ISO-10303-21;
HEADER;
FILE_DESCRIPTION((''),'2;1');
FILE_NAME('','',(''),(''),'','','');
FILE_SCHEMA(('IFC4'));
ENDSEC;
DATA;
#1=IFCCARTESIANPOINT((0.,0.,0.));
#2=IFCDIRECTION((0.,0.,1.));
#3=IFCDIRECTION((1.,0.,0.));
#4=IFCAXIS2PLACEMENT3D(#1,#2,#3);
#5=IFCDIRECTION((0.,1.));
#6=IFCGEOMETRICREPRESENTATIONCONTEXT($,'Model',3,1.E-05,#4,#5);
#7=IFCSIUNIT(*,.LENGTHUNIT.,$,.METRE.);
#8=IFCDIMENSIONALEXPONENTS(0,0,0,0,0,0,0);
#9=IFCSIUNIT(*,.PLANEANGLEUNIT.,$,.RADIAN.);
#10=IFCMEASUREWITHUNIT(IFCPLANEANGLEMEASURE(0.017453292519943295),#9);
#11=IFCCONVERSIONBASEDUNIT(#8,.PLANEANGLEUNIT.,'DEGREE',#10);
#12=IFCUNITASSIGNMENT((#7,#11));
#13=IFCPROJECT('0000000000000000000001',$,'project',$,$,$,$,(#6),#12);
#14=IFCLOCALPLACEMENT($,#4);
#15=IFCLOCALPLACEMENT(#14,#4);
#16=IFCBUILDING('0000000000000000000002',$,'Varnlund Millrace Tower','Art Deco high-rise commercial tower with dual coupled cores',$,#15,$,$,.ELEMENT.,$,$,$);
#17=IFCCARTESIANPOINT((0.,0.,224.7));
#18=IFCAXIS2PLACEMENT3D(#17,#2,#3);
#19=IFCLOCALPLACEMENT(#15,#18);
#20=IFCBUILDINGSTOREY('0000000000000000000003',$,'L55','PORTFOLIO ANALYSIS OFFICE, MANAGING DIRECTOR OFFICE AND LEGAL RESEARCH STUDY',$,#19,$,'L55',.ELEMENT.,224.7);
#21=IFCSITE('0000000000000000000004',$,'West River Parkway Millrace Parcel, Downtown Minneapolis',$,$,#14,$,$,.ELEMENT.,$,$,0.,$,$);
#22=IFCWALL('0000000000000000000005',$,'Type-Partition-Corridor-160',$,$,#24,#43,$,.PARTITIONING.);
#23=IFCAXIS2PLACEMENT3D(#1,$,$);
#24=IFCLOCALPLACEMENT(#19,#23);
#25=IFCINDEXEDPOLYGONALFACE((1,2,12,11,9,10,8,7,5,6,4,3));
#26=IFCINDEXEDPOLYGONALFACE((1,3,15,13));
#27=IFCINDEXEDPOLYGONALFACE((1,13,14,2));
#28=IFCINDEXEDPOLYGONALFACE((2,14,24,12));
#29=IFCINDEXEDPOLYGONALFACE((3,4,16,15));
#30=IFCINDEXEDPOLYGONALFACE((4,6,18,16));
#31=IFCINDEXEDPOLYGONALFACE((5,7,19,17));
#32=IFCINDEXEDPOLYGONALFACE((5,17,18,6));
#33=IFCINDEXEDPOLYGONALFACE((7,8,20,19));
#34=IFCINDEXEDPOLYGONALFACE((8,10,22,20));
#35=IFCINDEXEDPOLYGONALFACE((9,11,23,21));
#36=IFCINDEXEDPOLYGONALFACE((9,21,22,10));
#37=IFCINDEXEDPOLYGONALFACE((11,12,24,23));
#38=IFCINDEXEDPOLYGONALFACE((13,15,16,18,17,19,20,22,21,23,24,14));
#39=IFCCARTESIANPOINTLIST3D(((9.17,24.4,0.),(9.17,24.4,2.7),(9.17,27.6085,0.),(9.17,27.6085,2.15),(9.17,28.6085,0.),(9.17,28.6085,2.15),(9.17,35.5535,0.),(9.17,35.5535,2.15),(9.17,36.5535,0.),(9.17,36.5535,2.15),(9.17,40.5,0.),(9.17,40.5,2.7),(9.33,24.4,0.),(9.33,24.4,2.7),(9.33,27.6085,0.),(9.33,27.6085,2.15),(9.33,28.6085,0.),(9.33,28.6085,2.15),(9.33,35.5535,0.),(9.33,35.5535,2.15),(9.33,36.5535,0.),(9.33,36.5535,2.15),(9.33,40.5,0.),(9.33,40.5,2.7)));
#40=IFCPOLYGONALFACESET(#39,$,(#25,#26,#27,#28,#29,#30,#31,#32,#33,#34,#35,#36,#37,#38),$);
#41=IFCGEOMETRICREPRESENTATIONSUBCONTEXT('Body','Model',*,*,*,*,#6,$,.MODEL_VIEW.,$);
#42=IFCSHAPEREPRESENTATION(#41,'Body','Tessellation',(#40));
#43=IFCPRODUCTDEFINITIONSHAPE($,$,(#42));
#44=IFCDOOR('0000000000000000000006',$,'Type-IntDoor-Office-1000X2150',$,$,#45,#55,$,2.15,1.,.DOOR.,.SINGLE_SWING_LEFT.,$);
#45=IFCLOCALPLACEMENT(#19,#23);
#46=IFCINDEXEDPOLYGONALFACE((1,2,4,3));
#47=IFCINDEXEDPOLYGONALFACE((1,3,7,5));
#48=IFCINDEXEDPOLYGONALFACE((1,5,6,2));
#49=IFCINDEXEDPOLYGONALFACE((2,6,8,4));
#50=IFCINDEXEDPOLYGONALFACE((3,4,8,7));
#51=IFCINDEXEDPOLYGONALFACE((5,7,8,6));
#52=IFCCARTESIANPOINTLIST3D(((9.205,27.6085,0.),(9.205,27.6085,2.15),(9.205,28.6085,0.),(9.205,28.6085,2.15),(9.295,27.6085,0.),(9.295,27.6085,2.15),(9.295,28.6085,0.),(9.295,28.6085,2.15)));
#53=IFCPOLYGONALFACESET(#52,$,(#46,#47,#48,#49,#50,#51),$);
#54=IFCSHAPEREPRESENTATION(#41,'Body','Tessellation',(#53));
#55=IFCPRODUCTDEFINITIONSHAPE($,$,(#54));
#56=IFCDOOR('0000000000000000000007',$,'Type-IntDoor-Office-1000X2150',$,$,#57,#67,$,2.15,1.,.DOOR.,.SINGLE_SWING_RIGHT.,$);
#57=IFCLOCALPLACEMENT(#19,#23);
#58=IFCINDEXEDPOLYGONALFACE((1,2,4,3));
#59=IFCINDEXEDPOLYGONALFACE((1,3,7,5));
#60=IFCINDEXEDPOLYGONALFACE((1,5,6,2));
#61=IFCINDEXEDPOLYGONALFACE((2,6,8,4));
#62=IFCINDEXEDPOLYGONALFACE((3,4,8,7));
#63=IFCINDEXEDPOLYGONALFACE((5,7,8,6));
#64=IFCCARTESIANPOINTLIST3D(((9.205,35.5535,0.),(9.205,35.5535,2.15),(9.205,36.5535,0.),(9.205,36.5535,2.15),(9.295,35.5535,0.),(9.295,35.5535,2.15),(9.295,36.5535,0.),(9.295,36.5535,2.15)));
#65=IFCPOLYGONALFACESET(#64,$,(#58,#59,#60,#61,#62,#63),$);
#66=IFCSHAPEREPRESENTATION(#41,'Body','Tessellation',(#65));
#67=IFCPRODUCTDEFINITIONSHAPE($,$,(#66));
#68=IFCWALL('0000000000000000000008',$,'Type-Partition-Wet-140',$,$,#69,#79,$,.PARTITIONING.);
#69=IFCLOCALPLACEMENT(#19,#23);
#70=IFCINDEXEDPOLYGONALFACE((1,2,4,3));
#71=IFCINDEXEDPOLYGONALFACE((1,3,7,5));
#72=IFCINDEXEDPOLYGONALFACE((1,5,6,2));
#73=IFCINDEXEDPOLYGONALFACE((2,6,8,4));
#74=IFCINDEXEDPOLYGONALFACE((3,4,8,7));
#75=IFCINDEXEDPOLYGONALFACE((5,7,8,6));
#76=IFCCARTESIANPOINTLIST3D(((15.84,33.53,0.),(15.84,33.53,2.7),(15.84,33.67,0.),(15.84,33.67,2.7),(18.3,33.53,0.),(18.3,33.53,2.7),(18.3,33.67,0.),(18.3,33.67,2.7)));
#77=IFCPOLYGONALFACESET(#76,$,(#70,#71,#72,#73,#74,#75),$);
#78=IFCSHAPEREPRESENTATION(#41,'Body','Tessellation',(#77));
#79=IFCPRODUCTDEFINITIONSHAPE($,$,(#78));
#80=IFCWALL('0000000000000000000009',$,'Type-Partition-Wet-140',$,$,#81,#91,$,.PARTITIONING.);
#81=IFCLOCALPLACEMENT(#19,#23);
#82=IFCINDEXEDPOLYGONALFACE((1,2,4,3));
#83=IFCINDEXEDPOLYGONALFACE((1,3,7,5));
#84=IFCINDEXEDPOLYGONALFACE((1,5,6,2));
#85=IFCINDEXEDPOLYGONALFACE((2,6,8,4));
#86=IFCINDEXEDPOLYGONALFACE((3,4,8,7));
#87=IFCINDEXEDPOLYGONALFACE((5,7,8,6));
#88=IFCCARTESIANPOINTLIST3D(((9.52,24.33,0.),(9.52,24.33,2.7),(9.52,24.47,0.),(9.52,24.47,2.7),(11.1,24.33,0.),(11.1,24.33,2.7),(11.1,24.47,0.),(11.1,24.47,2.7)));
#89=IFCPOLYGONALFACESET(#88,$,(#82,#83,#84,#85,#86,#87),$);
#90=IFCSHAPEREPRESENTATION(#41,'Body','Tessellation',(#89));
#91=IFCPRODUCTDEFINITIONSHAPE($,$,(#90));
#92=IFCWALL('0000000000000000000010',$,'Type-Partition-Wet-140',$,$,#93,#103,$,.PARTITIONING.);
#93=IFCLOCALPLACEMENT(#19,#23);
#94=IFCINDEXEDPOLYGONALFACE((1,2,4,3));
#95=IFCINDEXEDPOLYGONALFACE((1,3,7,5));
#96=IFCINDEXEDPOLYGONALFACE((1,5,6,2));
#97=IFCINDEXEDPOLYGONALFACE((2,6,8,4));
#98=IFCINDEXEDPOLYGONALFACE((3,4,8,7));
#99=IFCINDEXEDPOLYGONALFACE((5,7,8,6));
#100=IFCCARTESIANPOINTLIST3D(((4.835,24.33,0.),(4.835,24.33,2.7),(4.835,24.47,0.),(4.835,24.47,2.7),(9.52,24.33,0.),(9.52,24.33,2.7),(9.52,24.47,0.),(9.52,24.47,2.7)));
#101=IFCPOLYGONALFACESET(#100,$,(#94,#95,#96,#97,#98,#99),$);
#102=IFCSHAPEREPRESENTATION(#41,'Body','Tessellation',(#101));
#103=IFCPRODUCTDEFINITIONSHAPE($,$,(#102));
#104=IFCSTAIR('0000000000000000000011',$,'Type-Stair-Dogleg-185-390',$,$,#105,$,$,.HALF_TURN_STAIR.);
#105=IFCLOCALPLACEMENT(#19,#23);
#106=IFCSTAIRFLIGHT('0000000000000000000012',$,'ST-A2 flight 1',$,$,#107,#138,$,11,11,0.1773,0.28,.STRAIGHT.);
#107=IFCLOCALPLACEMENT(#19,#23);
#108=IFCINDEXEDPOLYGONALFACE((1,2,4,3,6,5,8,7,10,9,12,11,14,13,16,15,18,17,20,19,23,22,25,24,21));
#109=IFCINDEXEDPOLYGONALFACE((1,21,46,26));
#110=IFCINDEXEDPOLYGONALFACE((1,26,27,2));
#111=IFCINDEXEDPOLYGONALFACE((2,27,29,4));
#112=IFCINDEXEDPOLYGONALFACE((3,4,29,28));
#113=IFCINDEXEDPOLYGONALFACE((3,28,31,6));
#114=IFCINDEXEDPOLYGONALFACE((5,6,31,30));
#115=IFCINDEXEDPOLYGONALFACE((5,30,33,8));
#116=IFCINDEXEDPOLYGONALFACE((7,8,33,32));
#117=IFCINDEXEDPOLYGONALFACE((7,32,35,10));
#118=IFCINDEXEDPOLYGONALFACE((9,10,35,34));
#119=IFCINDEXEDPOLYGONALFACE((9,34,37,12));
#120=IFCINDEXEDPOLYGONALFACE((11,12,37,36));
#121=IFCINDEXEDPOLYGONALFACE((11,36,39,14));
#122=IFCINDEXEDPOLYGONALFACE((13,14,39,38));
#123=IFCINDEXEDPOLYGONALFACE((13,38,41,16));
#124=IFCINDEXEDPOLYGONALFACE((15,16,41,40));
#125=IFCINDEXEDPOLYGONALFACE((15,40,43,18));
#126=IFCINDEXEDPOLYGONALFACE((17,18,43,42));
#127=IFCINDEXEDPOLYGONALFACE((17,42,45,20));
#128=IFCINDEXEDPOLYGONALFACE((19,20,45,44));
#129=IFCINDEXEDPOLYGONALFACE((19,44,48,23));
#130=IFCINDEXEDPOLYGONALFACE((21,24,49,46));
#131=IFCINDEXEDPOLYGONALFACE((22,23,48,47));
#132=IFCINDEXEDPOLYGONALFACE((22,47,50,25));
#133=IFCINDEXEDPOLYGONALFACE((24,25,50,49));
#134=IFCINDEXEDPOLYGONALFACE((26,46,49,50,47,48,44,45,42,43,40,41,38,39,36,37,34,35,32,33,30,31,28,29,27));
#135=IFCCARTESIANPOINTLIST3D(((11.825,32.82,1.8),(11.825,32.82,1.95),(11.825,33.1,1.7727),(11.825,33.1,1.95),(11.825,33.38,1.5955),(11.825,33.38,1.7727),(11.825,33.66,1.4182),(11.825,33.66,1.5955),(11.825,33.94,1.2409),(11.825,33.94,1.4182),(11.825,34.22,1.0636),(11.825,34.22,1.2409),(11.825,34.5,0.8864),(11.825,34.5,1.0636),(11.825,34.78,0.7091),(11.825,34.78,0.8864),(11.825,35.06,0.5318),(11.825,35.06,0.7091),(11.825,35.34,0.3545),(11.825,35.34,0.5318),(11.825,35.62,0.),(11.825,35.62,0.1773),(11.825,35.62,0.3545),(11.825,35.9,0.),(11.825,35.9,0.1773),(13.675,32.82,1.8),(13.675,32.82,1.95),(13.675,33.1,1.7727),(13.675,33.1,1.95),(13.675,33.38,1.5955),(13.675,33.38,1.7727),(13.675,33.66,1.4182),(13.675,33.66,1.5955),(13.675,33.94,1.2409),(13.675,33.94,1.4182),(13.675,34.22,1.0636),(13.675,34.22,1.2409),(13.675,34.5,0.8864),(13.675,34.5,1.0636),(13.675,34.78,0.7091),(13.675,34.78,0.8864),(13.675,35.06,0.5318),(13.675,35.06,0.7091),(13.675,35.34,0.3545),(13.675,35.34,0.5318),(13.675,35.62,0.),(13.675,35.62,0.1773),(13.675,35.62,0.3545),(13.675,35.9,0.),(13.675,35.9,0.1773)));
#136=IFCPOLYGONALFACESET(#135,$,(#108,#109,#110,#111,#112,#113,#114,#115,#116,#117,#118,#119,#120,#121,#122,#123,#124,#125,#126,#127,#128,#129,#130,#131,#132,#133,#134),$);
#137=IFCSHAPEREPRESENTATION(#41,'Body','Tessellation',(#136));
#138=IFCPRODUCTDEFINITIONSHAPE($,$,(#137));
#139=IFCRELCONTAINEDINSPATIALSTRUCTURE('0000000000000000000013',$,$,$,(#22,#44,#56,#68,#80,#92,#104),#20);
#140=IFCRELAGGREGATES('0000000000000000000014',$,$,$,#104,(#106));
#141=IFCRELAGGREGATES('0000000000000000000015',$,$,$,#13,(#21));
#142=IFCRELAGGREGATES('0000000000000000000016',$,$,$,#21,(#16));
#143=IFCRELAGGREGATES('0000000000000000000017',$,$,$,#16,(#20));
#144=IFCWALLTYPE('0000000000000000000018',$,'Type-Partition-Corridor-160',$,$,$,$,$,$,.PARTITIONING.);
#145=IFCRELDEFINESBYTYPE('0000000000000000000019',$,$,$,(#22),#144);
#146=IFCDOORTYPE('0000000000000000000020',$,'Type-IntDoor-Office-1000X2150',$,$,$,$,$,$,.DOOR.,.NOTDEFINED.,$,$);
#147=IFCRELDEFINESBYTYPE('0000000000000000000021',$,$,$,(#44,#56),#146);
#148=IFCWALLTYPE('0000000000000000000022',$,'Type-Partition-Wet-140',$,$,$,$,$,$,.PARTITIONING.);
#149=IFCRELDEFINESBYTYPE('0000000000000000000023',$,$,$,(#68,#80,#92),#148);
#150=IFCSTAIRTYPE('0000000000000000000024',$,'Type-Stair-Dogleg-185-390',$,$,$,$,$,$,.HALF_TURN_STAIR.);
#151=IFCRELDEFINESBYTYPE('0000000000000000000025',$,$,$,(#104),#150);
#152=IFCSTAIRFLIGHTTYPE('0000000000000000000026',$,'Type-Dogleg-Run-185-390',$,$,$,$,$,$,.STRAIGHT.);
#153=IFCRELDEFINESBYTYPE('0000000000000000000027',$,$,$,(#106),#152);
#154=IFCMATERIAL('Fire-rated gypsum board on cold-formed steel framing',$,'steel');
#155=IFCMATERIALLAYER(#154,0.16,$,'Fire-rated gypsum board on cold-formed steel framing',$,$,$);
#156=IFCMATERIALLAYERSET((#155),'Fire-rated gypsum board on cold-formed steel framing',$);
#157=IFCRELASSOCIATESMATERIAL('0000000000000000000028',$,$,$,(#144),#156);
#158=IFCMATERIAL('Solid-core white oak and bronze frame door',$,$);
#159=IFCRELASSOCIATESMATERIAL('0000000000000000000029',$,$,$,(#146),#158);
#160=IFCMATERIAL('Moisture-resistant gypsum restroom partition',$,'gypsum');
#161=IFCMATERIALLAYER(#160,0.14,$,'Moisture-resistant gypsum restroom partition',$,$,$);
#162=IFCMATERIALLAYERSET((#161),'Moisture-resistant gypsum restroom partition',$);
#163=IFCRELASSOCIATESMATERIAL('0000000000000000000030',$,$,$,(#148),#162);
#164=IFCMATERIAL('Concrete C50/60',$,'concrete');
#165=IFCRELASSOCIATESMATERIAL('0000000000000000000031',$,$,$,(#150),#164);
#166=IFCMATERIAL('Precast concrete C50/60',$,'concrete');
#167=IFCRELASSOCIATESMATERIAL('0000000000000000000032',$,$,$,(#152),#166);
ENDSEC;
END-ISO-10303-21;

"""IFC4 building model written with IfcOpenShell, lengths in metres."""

from ifc_helpers import new_model, entity, si_unit, converted_unit, direction, frame, origin_with_axes, origin_2d_with_axis, place, context, subcontext, project, spatial, polyline, rectangle, outline, extrude, material, layer, layer_set, type_object, element, fill, aggregate, save


model = new_model("IFC4")

# Units and contexts
model_context = context("Model", 3, precision=1e-05, world=origin_with_axes(), true_north=direction((0.0, 1.0)))
body_context = subcontext(model_context, "Body", "Model", "MODEL_VIEW")
ifc_project = project(units=[si_unit("LENGTHUNIT", "METRE"), converted_unit("PLANEANGLEUNIT", "DEGREE", entity("IfcPlaneAngleMeasure", 0.017453292519943295), si_unit("PLANEANGLEUNIT", "RADIAN"), dimensions=[0, 0, 0, 0, 0, 0, 0])], contexts=[model_context])

# Site, building, storey
site_placement = place(None, origin_with_axes())
site = spatial("IfcSite", under=ifc_project, at=site_placement, Name="West River Parkway Millrace Parcel, Downtown Minneapolis", CompositionType="ELEMENT", RefElevation=0.0)
building_placement = place(site_placement, origin_with_axes())
building = spatial("IfcBuilding", under=site, at=building_placement, Name="Varnlund Millrace Tower", Description="Art Deco high-rise commercial tower with dual coupled cores", CompositionType="ELEMENT")
storey_placement = place(building_placement, frame((0.0, 0.0, 224.7), z_axis=(0.0, 0.0, 1.0), x_axis=(1.0, 0.0, 0.0)))
storey = spatial("IfcBuildingStorey", under=building, at=storey_placement, Name="L55", Description="PORTFOLIO ANALYSIS OFFICE, MANAGING DIRECTOR OFFICE AND LEGAL RESEARCH STUDY", LongName="L55", CompositionType="ELEMENT", Elevation=224.7)

# Shared definitions
ifc_material_1 = material(Name="Fire-rated gypsum board on cold-formed steel framing", Category="steel")
ifc_layer_1 = layer(ifc_material_1, 0.16, Name="Fire-rated gypsum board on cold-formed steel framing")
ifc_layer_set_1 = layer_set([ifc_layer_1], Name="Fire-rated gypsum board on cold-formed steel framing")
wall_type_1 = type_object("IfcWallType", Name="Type-Partition-Corridor-160", PredefinedType="PARTITIONING", material=ifc_layer_set_1)

# Wall, openings, doors
ifc_material_2 = material(Name="Solid-core white oak and bronze frame door")
door_type_1 = type_object("IfcDoorType", Name="Type-IntDoor-Office-1000X2150", OperationType="NOTDEFINED", PredefinedType="DOOR", material=ifc_material_2)
wall_1_placement = place(storey_placement, frame((9.25, 24.4, 0.0), z_axis=(0.0, 0.0, 1.0), x_axis=(0.0, 1.0, 0.0)))
wall_1 = element("IfcWall", 1, at=wall_1_placement, inside=storey, type_object=wall_type_1, Name="Type-Partition-Corridor-160", PredefinedType="PARTITIONING", context=body_context, shape_type="SweptSolid", body=[
    extrude(outline(polyline([(0.0, -0.08), (16.1, -0.08), (16.1, 0.08), (0.0, 0.08), (0.0, -0.08)])), origin_with_axes(), (0.0, 0.0, 1.0), 2.7),
])
opening_1_placement = place(wall_1_placement, frame((3.7085, 0.0, 0.0), z_axis=(0.0, 0.0, 1.0), x_axis=(1.0, 0.0, 0.0)))
opening_1 = element("IfcOpeningElement", 2, at=opening_1_placement, cuts=wall_1, PredefinedType="OPENING", context=body_context, shape_type="SweptSolid", body=[
    extrude(rectangle(XDim=1.0, YDim=0.18, at=origin_2d_with_axis()), origin_with_axes(), (0.0, 0.0, 1.0), 2.15),
])
opening_2_placement = place(wall_1_placement, frame((11.6535, 0.0, 0.0), z_axis=(0.0, 0.0, 1.0), x_axis=(1.0, 0.0, 0.0)))
opening_2 = element("IfcOpeningElement", 3, at=opening_2_placement, cuts=wall_1, PredefinedType="OPENING", context=body_context, shape_type="SweptSolid", body=[
    extrude(rectangle(XDim=1.0, YDim=0.18, at=origin_2d_with_axis()), origin_with_axes(), (0.0, 0.0, 1.0), 2.15),
])
door_1_placement = place(wall_1_placement, frame((3.7085, 0.0, 0.0), z_axis=(0.0, 0.0, 1.0), x_axis=(1.0, 0.0, 0.0)))
door_1 = element("IfcDoor", 4, at=door_1_placement, inside=storey, type_object=door_type_1, Name="Type-IntDoor-Office-1000X2150", OperationType="SINGLE_SWING_LEFT", OverallHeight=2.15, OverallWidth=1.0, PredefinedType="DOOR", context=body_context, shape_type="SweptSolid", body=[
    extrude(rectangle(XDim=1.0, YDim=0.09, at=origin_2d_with_axis()), origin_with_axes(), (0.0, 0.0, 1.0), 2.15),
])
fill(opening_1, door_1)
door_2_placement = place(wall_1_placement, frame((11.6535, 0.0, 0.0), z_axis=(0.0, 0.0, 1.0), x_axis=(1.0, 0.0, 0.0)))
door_2 = element("IfcDoor", 5, at=door_2_placement, inside=storey, type_object=door_type_1, Name="Type-IntDoor-Office-1000X2150", OperationType="SINGLE_SWING_RIGHT", OverallHeight=2.15, OverallWidth=1.0, PredefinedType="DOOR", context=body_context, shape_type="SweptSolid", body=[
    extrude(rectangle(XDim=1.0, YDim=0.09, at=origin_2d_with_axis()), origin_with_axes(), (0.0, 0.0, 1.0), 2.15),
])
fill(opening_2, door_2)

# Walls
ifc_material_3 = material(Name="Moisture-resistant gypsum restroom partition", Category="gypsum")
ifc_layer_2 = layer(ifc_material_3, 0.14, Name="Moisture-resistant gypsum restroom partition")
ifc_layer_set_2 = layer_set([ifc_layer_2], Name="Moisture-resistant gypsum restroom partition")
wall_type_2 = type_object("IfcWallType", Name="Type-Partition-Wet-140", PredefinedType="PARTITIONING", material=ifc_layer_set_2)
wall_2_placement = place(storey_placement, frame((15.84, 33.6, 0.0), z_axis=(0.0, 0.0, 1.0), x_axis=(1.0, 0.0, 0.0)))
element("IfcWall", 6, at=wall_2_placement, inside=storey, type_object=wall_type_2, Name="Type-Partition-Wet-140", PredefinedType="PARTITIONING", context=body_context, shape_type="SweptSolid", body=[
    extrude(outline(polyline([(0.0, -0.07), (2.46, -0.07), (2.46, 0.07), (0.0, 0.07), (0.0, -0.07)])), origin_with_axes(), (0.0, 0.0, 1.0), 2.7),
])
wall_3_placement = place(storey_placement, frame((9.52, 24.4, 0.0), z_axis=(0.0, 0.0, 1.0), x_axis=(1.0, 0.0, 0.0)))
element("IfcWall", 7, at=wall_3_placement, inside=storey, type_object=wall_type_2, Name="Type-Partition-Wet-140", PredefinedType="PARTITIONING", context=body_context, shape_type="SweptSolid", body=[
    extrude(outline(polyline([(0.0, -0.07), (1.58, -0.07), (1.58, 0.07), (0.0, 0.07), (0.0, -0.07)])), origin_with_axes(), (0.0, 0.0, 1.0), 2.7),
])
wall_4_placement = place(storey_placement, frame((4.835, 24.4, 0.0), z_axis=(0.0, 0.0, 1.0), x_axis=(1.0, 0.0, 0.0)))
element("IfcWall", 8, at=wall_4_placement, inside=storey, type_object=wall_type_2, Name="Type-Partition-Wet-140", PredefinedType="PARTITIONING", context=body_context, shape_type="SweptSolid", body=[
    extrude(outline(polyline([(0.0, -0.07), (4.685, -0.07), (4.685, 0.07), (0.0, 0.07), (0.0, -0.07)])), origin_with_axes(), (0.0, 0.0, 1.0), 2.7),
])

# Stair, stair flight
ifc_material_4 = material(Name="Concrete C50/60", Category="concrete")
stair_type = type_object("IfcStairType", Name="Type-Stair-Dogleg-185-390", PredefinedType="HALF_TURN_STAIR", material=ifc_material_4)
stair_placement = place(storey_placement, origin_with_axes())
stair = element("IfcStair", 9, at=stair_placement, inside=storey, type_object=stair_type, Name="Type-Stair-Dogleg-185-390", PredefinedType="HALF_TURN_STAIR")
ifc_material_5 = material(Name="Precast concrete C50/60", Category="concrete")
stair_flight_type = type_object("IfcStairFlightType", Name="Type-Dogleg-Run-185-390", PredefinedType="STRAIGHT", material=ifc_material_5)
stair_flight_placement = place(storey_placement, frame((13.675, 35.9, 0.0), z_axis=(-1.0, 0.0, 0.0), x_axis=(0.0, -1.0, 0.0)))
stair_flight = element("IfcStairFlight", 10, at=stair_flight_placement, type_object=stair_flight_type, Name="ST-A2 flight 1", NumberOfRisers=11, NumberOfTreads=11, PredefinedType="STRAIGHT", RiserHeight=0.1773, TreadLength=0.28, context=body_context, shape_type="SweptSolid", body=[
    extrude(outline(polyline([(0.0, 0.0), (0.0, 0.1773), (0.28, 0.1773), (0.28, 0.3545), (0.56, 0.3545), (0.56, 0.5318), (0.84, 0.5318), (0.84, 0.7091), (1.12, 0.7091), (1.12, 0.8864), (1.4, 0.8864), (1.4, 1.0636), (1.68, 1.0636), (1.68, 1.2409), (1.96, 1.2409), (1.96, 1.4182), (2.24, 1.4182), (2.24, 1.5955), (2.52, 1.5955), (2.52, 1.7727), (2.8, 1.7727), (2.8, 1.95), (3.08, 1.95), (3.08, 1.8), (0.28, 0.0), (0.0, 0.0)])), origin_with_axes(), (0.0, 0.0, 1.0), 1.85),
])
aggregate(stair, [stair_flight])

save(model, "model.ifc")
